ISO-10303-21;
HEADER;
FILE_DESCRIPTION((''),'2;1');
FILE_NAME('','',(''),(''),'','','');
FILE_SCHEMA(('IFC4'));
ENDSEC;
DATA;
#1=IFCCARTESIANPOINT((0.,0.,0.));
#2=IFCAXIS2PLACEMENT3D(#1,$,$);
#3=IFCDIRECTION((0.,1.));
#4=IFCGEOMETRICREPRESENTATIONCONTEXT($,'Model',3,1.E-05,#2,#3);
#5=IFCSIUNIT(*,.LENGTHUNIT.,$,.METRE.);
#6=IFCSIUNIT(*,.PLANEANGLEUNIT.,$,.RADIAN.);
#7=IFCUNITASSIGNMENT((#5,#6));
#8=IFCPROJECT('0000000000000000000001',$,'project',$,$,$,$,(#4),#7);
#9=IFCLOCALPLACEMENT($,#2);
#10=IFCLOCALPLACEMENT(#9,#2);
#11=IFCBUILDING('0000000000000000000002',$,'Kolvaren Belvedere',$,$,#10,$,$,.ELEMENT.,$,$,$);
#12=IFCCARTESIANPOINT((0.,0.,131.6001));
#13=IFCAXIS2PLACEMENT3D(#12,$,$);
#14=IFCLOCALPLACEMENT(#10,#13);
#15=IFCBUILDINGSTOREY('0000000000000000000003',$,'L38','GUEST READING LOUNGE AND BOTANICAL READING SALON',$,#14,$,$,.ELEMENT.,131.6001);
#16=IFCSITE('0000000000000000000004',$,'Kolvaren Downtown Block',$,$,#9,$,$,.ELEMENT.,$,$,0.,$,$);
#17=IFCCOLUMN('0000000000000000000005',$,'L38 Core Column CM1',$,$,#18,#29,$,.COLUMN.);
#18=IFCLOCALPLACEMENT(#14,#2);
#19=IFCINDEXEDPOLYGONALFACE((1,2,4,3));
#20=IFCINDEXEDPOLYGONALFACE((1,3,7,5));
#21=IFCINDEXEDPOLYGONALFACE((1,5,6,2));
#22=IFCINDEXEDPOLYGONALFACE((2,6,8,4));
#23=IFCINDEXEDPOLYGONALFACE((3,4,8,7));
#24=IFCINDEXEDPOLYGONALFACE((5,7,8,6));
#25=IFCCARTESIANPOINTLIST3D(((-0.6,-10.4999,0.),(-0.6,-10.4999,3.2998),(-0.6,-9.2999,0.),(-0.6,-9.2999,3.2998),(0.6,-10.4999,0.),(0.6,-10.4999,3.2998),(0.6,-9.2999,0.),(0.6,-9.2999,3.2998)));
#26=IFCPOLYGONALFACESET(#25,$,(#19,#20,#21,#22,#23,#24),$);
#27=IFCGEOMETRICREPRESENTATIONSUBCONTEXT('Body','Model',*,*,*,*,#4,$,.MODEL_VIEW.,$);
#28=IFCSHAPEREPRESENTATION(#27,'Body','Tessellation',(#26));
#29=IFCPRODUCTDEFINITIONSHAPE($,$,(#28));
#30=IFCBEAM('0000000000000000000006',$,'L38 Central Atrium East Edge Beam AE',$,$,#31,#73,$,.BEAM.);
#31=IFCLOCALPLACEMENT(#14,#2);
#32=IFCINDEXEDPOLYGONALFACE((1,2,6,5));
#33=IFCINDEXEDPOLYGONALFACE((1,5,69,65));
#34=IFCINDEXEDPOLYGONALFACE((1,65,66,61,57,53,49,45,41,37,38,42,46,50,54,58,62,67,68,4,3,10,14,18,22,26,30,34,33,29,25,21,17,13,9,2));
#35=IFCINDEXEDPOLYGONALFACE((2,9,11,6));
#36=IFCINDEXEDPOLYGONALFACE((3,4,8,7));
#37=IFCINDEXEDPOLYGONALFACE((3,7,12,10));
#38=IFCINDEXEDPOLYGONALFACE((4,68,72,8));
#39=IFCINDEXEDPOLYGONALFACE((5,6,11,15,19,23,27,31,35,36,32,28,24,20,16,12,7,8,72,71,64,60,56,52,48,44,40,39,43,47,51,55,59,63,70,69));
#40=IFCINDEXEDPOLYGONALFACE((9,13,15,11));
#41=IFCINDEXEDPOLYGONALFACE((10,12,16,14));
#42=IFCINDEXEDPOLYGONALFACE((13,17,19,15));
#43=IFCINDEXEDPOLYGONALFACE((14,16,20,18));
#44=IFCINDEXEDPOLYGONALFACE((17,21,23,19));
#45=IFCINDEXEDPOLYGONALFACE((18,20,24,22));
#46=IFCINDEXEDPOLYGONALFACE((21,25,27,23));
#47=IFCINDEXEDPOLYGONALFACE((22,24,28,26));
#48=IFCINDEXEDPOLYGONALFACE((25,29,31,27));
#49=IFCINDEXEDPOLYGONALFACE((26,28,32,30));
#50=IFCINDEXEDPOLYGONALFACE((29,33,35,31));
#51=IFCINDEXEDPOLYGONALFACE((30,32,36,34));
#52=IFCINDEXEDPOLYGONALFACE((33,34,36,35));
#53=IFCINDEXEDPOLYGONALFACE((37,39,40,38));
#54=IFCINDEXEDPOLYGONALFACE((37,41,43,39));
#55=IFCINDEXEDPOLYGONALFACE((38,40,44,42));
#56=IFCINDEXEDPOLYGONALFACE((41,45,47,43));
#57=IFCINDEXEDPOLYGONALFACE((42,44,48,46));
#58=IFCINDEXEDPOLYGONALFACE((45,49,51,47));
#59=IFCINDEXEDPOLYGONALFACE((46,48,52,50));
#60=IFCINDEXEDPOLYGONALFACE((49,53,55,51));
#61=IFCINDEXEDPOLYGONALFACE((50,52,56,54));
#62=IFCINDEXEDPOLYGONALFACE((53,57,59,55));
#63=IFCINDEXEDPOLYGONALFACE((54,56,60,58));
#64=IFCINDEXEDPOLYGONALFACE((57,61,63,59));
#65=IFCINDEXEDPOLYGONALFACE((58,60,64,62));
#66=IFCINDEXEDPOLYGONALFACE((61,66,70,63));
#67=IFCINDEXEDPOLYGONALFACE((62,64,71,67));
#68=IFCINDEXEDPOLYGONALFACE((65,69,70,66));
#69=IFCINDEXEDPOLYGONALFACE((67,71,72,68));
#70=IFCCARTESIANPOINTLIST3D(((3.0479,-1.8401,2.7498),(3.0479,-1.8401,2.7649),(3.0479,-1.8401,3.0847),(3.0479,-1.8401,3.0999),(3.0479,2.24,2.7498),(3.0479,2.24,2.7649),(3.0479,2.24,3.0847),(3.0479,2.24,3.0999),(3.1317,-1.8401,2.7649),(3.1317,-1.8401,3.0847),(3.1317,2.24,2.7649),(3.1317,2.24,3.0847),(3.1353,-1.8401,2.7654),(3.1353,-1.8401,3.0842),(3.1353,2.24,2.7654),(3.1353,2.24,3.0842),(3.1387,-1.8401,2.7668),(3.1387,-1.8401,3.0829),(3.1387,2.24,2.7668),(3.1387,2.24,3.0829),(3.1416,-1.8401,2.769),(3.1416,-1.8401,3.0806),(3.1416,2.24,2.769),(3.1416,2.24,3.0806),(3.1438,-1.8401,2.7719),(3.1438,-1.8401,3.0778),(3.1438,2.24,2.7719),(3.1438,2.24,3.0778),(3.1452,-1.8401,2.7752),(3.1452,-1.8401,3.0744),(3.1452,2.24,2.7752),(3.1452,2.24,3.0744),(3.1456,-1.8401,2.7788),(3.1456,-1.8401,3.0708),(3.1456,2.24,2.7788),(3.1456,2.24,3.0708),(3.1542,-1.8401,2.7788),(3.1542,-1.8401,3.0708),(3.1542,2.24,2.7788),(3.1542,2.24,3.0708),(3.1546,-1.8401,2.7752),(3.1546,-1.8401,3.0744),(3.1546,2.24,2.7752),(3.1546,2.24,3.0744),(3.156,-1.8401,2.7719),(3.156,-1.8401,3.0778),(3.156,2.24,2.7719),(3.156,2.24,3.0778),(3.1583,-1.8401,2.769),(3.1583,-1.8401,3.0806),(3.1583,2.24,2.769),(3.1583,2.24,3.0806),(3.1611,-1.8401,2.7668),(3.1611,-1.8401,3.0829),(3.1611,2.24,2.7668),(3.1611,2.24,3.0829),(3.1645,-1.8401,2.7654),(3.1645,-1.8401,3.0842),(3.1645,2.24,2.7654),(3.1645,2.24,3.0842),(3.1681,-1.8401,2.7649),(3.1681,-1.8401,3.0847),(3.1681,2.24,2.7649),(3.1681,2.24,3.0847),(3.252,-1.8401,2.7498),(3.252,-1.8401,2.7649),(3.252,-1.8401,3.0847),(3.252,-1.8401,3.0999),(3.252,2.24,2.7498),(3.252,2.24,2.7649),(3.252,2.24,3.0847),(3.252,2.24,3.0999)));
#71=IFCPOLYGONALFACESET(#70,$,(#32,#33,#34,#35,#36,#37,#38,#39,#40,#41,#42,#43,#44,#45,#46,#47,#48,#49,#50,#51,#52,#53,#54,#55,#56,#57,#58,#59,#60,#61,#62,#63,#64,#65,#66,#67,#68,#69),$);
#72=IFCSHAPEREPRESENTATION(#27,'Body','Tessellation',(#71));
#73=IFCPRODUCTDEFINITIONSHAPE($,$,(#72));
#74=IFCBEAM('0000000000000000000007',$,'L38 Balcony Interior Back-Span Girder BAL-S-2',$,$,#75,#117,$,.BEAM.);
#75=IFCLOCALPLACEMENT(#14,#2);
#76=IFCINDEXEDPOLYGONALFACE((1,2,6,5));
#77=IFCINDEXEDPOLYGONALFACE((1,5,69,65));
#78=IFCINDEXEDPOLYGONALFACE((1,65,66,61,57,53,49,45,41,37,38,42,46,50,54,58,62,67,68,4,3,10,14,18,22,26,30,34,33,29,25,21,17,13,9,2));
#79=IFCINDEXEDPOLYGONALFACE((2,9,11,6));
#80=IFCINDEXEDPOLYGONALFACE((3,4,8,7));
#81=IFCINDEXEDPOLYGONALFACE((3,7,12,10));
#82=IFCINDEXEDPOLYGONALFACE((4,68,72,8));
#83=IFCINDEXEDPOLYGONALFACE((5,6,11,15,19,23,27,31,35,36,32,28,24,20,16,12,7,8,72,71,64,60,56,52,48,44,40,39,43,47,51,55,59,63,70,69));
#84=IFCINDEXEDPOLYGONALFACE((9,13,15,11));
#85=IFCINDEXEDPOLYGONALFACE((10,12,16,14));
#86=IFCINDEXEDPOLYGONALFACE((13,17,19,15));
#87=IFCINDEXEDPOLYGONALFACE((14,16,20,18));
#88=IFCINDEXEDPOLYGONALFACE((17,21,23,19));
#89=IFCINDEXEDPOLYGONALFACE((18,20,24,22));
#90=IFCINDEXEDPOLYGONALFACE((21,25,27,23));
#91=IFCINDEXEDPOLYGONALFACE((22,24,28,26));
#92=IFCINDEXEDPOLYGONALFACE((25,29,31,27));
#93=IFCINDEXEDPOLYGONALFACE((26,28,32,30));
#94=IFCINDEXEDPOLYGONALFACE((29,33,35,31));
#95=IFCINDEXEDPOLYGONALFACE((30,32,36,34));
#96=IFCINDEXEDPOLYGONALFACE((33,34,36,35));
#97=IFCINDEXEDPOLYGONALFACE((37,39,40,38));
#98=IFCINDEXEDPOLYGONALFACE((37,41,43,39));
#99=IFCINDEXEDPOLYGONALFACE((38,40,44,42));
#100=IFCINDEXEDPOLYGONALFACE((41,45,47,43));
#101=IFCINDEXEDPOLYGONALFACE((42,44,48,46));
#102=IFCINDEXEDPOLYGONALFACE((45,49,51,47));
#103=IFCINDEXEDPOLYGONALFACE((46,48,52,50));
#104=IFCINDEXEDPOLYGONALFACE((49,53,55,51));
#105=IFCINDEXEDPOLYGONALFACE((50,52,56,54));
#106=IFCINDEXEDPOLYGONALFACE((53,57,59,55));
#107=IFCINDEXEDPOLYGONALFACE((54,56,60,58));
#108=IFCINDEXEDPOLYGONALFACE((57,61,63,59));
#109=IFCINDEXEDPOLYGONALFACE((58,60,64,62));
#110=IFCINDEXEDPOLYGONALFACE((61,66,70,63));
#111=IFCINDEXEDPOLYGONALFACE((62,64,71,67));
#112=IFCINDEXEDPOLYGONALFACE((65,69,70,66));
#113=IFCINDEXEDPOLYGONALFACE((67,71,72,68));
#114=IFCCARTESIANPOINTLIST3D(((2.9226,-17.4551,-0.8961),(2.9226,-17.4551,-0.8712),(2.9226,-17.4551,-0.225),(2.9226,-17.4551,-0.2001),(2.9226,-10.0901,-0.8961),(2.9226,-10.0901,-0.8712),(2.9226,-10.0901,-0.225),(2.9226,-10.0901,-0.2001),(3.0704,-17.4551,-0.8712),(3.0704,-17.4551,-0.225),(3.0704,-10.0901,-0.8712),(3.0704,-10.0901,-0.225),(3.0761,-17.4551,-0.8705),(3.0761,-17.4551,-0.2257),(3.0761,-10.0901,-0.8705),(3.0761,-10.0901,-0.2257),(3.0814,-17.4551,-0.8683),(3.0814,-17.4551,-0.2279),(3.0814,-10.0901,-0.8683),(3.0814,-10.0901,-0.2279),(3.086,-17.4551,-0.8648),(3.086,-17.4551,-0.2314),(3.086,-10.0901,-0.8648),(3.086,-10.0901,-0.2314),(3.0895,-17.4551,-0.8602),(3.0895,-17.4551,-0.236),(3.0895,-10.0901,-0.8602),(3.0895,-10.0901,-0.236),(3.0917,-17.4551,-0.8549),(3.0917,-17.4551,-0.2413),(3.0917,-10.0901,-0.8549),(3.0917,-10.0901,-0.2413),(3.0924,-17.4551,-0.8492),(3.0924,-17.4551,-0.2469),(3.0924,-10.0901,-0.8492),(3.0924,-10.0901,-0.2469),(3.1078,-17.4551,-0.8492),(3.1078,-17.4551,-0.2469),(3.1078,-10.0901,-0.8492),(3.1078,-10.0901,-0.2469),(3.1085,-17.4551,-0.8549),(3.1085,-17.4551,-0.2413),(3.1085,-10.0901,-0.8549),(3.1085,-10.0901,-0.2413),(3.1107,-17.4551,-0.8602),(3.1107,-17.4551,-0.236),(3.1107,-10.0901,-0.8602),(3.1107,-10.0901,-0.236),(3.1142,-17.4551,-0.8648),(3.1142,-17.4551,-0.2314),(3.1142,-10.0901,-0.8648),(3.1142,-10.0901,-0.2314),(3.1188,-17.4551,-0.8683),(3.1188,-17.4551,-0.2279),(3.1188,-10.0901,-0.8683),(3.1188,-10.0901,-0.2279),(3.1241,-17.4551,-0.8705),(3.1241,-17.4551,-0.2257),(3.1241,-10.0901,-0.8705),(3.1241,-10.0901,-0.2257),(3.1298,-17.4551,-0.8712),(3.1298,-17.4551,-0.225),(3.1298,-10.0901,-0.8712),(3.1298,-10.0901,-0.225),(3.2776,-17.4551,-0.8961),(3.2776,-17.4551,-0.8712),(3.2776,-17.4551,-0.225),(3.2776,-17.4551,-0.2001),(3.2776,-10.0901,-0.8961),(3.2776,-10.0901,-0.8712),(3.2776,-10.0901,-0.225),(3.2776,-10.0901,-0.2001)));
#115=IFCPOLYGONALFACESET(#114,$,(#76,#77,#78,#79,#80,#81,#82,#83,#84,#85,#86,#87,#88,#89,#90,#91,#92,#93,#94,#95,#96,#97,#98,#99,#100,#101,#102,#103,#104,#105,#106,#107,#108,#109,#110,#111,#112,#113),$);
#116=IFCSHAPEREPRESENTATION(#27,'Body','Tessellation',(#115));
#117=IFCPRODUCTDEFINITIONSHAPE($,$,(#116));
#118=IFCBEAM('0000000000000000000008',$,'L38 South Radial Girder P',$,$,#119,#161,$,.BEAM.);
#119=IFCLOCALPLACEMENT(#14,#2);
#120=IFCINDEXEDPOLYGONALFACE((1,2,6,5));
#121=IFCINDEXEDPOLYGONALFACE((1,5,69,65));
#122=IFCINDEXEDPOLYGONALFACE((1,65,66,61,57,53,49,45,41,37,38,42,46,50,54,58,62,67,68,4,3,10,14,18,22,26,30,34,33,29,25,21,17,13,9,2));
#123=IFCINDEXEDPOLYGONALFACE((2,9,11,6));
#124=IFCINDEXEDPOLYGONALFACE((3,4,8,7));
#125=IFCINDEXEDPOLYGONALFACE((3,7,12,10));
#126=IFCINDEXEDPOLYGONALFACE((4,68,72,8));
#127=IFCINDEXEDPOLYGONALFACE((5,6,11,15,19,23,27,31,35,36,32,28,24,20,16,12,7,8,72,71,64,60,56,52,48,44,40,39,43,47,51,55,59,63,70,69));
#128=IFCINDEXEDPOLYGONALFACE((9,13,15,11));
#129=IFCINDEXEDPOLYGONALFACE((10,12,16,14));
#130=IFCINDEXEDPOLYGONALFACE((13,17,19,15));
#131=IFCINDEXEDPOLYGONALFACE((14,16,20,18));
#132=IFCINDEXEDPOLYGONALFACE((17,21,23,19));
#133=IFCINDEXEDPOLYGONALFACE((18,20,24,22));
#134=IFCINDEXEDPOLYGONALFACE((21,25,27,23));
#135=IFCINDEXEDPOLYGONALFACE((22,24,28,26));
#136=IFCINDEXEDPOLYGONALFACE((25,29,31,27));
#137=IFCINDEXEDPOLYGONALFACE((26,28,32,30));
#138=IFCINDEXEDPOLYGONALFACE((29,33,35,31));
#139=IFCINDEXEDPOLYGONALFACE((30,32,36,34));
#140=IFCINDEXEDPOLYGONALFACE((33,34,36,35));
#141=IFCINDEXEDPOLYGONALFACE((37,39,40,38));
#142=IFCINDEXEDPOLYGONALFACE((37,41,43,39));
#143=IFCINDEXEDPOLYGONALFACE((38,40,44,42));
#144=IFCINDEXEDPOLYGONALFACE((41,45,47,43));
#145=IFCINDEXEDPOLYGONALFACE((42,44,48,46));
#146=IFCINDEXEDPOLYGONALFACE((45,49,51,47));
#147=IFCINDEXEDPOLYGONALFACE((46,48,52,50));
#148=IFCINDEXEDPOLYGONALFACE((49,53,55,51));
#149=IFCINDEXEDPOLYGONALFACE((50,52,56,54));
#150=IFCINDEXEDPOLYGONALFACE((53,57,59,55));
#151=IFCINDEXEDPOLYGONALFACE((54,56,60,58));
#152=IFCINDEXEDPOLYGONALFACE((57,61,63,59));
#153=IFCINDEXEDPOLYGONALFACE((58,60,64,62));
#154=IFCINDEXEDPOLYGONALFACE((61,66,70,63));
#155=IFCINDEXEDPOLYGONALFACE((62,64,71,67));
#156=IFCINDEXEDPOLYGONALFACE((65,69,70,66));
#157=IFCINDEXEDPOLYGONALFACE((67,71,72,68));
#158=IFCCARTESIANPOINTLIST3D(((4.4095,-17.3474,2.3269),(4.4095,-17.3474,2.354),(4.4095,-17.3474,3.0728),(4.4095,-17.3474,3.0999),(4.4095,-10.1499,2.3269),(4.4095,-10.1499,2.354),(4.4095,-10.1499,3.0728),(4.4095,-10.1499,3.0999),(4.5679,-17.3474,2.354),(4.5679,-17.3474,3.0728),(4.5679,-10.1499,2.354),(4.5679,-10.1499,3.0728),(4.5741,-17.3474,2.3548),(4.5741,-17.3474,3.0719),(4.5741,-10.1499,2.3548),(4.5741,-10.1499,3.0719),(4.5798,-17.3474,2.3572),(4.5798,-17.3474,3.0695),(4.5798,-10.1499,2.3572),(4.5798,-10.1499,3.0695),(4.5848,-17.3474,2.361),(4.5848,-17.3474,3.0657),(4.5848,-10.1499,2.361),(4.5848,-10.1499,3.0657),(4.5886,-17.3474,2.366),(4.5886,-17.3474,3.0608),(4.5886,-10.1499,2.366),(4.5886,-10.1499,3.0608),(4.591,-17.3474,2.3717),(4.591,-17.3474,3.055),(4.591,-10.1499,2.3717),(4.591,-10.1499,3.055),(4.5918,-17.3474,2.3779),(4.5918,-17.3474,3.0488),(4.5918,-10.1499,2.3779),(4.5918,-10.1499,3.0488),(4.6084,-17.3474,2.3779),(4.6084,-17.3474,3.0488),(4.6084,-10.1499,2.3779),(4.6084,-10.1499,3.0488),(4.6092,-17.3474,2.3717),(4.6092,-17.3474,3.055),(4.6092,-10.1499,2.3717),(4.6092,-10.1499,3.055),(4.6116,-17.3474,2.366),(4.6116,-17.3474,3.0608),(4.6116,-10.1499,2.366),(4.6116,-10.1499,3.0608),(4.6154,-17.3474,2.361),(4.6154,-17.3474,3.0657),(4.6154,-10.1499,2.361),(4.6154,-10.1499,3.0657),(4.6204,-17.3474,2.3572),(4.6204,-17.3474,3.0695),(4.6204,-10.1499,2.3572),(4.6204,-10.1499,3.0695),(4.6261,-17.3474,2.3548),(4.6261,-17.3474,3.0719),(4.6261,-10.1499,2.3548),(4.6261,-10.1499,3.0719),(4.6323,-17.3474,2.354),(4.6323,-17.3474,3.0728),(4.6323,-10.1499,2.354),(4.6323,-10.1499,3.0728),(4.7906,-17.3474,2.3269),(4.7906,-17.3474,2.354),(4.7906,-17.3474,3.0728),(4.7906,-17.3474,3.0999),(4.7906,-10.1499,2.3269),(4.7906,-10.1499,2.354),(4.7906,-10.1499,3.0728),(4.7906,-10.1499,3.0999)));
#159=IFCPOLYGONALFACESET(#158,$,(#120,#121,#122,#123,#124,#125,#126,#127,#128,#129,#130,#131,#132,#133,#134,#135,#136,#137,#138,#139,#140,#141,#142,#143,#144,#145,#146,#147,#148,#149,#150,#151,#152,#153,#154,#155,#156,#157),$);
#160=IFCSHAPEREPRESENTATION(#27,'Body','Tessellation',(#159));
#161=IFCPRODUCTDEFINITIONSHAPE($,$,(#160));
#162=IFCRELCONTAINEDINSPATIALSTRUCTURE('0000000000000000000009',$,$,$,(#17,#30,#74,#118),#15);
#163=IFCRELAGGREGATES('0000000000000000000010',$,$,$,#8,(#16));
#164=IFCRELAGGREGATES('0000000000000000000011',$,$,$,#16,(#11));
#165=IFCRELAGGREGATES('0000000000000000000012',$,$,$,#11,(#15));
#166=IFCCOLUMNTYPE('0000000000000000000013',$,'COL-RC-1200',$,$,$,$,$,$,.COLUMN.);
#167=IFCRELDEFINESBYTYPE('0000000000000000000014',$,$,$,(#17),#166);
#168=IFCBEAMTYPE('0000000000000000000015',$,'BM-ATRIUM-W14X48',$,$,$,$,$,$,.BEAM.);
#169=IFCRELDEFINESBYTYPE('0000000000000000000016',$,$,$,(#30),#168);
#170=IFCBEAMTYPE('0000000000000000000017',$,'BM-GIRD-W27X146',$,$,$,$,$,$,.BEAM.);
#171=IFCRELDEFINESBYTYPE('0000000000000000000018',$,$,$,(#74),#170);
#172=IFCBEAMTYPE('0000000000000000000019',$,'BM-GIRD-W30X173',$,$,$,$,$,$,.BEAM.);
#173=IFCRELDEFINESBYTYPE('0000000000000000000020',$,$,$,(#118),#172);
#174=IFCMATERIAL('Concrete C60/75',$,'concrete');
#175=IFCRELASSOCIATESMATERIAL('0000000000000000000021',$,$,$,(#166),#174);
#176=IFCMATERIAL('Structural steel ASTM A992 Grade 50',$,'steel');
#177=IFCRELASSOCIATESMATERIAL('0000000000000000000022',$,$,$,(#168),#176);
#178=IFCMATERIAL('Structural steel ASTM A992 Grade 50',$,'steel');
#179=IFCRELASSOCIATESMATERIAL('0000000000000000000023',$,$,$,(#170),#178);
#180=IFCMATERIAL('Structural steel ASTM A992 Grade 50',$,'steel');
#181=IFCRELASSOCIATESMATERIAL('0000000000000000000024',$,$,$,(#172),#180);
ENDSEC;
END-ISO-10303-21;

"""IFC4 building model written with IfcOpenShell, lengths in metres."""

from ifc_helpers import new_model, si_unit, direction, frame, origin, origin_2d, place, context, subcontext, project, spatial, rectangle, i_section, extrude, material, material_profile, profile_set, type_object, element, save


model = new_model("IFC4")

# Units and contexts
model_context = context("Model", 3, precision=1e-05, world=origin(), true_north=direction((0.0, 1.0)))
body_context = subcontext(model_context, "Body", "Model", "MODEL_VIEW")
ifc_project = project(units=[si_unit("LENGTHUNIT", "METRE"), si_unit("PLANEANGLEUNIT", "RADIAN")], contexts=[model_context])

# Site, building, storey
site_placement = place(None, origin())
site = spatial("IfcSite", under=ifc_project, at=site_placement, Name="Kolvaren Downtown Block", CompositionType="ELEMENT", RefElevation=0.0)
building_placement = place(site_placement, origin())
building = spatial("IfcBuilding", under=site, at=building_placement, Name="Kolvaren Belvedere", CompositionType="ELEMENT")
storey_placement = place(building_placement, frame((0.0, 0.0, 131.6001)))
storey = spatial("IfcBuildingStorey", under=building, at=storey_placement, Name="L38", Description="GUEST READING LOUNGE AND BOTANICAL READING SALON", CompositionType="ELEMENT", Elevation=131.6001)

# Column
ifc_material_1 = material(Name="Concrete C60/75", Category="concrete")
ifc_material_profile_1 = material_profile(ifc_material_1, rectangle(XDim=1.2, YDim=1.2, at=origin_2d()), Name="RC 1200X1200")
ifc_profile_set_1 = profile_set([ifc_material_profile_1], Name="Concrete C60/75")
column_type = type_object("IfcColumnType", Name="COL-RC-1200", PredefinedType="COLUMN", material=ifc_profile_set_1)
column_placement = place(storey_placement, frame((0.0, -9.8999, 0.0), z_axis=(0.0, 0.0, 1.0), x_axis=(1.0, 0.0, 0.0)))
element("IfcColumn", 1, at=column_placement, inside=storey, type_object=column_type, Name="L38 Core Column CM1", PredefinedType="COLUMN", context=body_context, shape_type="SweptSolid", body=[
    extrude(rectangle(XDim=1.2, YDim=1.2, at=origin_2d()), origin(), (0.0, 0.0, 1.0), 3.2998),
])

# Beams
ifc_material_2 = material(Name="Structural steel ASTM A992 Grade 50", Category="steel")
ifc_material_profile_2 = material_profile(ifc_material_2, i_section(OverallWidth=0.2041, OverallDepth=0.3501, WebThickness=0.0085, FlangeThickness=0.0151, FilletRadius=0.0139, at=origin_2d()), Name="W14X48")
ifc_profile_set_2 = profile_set([ifc_material_profile_2], Name="Structural steel ASTM A992 Grade 50")
beam_type_1 = type_object("IfcBeamType", Name="BM-ATRIUM-W14X48", PredefinedType="BEAM", material=ifc_profile_set_2)
beam_1_placement = place(storey_placement, frame((3.1499, -1.8401, 2.9248), z_axis=(0.0, 1.0, 0.0), x_axis=(-1.0, 0.0, 0.0)))
element("IfcBeam", 2, at=beam_1_placement, inside=storey, type_object=beam_type_1, Name="L38 Central Atrium East Edge Beam AE", PredefinedType="BEAM", context=body_context, shape_type="SweptSolid", body=[
    extrude(i_section(OverallWidth=0.2041, OverallDepth=0.3501, WebThickness=0.0085, FlangeThickness=0.0151, FilletRadius=0.0139, at=origin_2d()), origin(), (0.0, 0.0, 1.0), 4.0801),
])
ifc_material_3 = material(Name="Structural steel ASTM A992 Grade 50", Category="steel")
ifc_material_profile_3 = material_profile(ifc_material_3, i_section(OverallWidth=0.355, OverallDepth=0.696, WebThickness=0.0154, FlangeThickness=0.0249, FilletRadius=0.022, at=origin_2d()), Name="W27X146")
ifc_profile_set_3 = profile_set([ifc_material_profile_3], Name="Structural steel ASTM A992 Grade 50")
beam_type_2 = type_object("IfcBeamType", Name="BM-GIRD-W27X146", PredefinedType="BEAM", material=ifc_profile_set_3)
beam_2_placement = place(storey_placement, frame((3.1001, -10.0901, -0.5481), z_axis=(0.0, -1.0, 0.0), x_axis=(1.0, 0.0, 0.0)))
element("IfcBeam", 3, at=beam_2_placement, inside=storey, type_object=beam_type_2, Name="L38 Balcony Interior Back-Span Girder BAL-S-2", PredefinedType="BEAM", context=body_context, shape_type="SweptSolid", body=[
    extrude(i_section(OverallWidth=0.355, OverallDepth=0.696, WebThickness=0.0154, FlangeThickness=0.0249, FilletRadius=0.022, at=origin_2d()), origin(), (0.0, 0.0, 1.0), 7.365),
])
ifc_material_4 = material(Name="Structural steel ASTM A992 Grade 50", Category="steel")
ifc_material_profile_4 = material_profile(ifc_material_4, i_section(OverallWidth=0.3811, OverallDepth=0.7729, WebThickness=0.0166, FlangeThickness=0.0271, FilletRadius=0.0239, at=origin_2d()), Name="W30X173")
ifc_profile_set_4 = profile_set([ifc_material_profile_4], Name="Structural steel ASTM A992 Grade 50")
beam_type_3 = type_object("IfcBeamType", Name="BM-GIRD-W30X173", PredefinedType="BEAM", material=ifc_profile_set_4)
beam_3_placement = place(storey_placement, frame((4.6001, -10.1499, 2.7134), z_axis=(0.0, -1.0, 0.0), x_axis=(1.0, 0.0, 0.0)))
element("IfcBeam", 4, at=beam_3_placement, inside=storey, type_object=beam_type_3, Name="L38 South Radial Girder P", PredefinedType="BEAM", context=body_context, shape_type="SweptSolid", body=[
    extrude(i_section(OverallWidth=0.3811, OverallDepth=0.7729, WebThickness=0.0166, FlangeThickness=0.0271, FilletRadius=0.0239, at=origin_2d()), origin(), (0.0, 0.0, 1.0), 7.1975),
])

save(model, "model.ifc")
